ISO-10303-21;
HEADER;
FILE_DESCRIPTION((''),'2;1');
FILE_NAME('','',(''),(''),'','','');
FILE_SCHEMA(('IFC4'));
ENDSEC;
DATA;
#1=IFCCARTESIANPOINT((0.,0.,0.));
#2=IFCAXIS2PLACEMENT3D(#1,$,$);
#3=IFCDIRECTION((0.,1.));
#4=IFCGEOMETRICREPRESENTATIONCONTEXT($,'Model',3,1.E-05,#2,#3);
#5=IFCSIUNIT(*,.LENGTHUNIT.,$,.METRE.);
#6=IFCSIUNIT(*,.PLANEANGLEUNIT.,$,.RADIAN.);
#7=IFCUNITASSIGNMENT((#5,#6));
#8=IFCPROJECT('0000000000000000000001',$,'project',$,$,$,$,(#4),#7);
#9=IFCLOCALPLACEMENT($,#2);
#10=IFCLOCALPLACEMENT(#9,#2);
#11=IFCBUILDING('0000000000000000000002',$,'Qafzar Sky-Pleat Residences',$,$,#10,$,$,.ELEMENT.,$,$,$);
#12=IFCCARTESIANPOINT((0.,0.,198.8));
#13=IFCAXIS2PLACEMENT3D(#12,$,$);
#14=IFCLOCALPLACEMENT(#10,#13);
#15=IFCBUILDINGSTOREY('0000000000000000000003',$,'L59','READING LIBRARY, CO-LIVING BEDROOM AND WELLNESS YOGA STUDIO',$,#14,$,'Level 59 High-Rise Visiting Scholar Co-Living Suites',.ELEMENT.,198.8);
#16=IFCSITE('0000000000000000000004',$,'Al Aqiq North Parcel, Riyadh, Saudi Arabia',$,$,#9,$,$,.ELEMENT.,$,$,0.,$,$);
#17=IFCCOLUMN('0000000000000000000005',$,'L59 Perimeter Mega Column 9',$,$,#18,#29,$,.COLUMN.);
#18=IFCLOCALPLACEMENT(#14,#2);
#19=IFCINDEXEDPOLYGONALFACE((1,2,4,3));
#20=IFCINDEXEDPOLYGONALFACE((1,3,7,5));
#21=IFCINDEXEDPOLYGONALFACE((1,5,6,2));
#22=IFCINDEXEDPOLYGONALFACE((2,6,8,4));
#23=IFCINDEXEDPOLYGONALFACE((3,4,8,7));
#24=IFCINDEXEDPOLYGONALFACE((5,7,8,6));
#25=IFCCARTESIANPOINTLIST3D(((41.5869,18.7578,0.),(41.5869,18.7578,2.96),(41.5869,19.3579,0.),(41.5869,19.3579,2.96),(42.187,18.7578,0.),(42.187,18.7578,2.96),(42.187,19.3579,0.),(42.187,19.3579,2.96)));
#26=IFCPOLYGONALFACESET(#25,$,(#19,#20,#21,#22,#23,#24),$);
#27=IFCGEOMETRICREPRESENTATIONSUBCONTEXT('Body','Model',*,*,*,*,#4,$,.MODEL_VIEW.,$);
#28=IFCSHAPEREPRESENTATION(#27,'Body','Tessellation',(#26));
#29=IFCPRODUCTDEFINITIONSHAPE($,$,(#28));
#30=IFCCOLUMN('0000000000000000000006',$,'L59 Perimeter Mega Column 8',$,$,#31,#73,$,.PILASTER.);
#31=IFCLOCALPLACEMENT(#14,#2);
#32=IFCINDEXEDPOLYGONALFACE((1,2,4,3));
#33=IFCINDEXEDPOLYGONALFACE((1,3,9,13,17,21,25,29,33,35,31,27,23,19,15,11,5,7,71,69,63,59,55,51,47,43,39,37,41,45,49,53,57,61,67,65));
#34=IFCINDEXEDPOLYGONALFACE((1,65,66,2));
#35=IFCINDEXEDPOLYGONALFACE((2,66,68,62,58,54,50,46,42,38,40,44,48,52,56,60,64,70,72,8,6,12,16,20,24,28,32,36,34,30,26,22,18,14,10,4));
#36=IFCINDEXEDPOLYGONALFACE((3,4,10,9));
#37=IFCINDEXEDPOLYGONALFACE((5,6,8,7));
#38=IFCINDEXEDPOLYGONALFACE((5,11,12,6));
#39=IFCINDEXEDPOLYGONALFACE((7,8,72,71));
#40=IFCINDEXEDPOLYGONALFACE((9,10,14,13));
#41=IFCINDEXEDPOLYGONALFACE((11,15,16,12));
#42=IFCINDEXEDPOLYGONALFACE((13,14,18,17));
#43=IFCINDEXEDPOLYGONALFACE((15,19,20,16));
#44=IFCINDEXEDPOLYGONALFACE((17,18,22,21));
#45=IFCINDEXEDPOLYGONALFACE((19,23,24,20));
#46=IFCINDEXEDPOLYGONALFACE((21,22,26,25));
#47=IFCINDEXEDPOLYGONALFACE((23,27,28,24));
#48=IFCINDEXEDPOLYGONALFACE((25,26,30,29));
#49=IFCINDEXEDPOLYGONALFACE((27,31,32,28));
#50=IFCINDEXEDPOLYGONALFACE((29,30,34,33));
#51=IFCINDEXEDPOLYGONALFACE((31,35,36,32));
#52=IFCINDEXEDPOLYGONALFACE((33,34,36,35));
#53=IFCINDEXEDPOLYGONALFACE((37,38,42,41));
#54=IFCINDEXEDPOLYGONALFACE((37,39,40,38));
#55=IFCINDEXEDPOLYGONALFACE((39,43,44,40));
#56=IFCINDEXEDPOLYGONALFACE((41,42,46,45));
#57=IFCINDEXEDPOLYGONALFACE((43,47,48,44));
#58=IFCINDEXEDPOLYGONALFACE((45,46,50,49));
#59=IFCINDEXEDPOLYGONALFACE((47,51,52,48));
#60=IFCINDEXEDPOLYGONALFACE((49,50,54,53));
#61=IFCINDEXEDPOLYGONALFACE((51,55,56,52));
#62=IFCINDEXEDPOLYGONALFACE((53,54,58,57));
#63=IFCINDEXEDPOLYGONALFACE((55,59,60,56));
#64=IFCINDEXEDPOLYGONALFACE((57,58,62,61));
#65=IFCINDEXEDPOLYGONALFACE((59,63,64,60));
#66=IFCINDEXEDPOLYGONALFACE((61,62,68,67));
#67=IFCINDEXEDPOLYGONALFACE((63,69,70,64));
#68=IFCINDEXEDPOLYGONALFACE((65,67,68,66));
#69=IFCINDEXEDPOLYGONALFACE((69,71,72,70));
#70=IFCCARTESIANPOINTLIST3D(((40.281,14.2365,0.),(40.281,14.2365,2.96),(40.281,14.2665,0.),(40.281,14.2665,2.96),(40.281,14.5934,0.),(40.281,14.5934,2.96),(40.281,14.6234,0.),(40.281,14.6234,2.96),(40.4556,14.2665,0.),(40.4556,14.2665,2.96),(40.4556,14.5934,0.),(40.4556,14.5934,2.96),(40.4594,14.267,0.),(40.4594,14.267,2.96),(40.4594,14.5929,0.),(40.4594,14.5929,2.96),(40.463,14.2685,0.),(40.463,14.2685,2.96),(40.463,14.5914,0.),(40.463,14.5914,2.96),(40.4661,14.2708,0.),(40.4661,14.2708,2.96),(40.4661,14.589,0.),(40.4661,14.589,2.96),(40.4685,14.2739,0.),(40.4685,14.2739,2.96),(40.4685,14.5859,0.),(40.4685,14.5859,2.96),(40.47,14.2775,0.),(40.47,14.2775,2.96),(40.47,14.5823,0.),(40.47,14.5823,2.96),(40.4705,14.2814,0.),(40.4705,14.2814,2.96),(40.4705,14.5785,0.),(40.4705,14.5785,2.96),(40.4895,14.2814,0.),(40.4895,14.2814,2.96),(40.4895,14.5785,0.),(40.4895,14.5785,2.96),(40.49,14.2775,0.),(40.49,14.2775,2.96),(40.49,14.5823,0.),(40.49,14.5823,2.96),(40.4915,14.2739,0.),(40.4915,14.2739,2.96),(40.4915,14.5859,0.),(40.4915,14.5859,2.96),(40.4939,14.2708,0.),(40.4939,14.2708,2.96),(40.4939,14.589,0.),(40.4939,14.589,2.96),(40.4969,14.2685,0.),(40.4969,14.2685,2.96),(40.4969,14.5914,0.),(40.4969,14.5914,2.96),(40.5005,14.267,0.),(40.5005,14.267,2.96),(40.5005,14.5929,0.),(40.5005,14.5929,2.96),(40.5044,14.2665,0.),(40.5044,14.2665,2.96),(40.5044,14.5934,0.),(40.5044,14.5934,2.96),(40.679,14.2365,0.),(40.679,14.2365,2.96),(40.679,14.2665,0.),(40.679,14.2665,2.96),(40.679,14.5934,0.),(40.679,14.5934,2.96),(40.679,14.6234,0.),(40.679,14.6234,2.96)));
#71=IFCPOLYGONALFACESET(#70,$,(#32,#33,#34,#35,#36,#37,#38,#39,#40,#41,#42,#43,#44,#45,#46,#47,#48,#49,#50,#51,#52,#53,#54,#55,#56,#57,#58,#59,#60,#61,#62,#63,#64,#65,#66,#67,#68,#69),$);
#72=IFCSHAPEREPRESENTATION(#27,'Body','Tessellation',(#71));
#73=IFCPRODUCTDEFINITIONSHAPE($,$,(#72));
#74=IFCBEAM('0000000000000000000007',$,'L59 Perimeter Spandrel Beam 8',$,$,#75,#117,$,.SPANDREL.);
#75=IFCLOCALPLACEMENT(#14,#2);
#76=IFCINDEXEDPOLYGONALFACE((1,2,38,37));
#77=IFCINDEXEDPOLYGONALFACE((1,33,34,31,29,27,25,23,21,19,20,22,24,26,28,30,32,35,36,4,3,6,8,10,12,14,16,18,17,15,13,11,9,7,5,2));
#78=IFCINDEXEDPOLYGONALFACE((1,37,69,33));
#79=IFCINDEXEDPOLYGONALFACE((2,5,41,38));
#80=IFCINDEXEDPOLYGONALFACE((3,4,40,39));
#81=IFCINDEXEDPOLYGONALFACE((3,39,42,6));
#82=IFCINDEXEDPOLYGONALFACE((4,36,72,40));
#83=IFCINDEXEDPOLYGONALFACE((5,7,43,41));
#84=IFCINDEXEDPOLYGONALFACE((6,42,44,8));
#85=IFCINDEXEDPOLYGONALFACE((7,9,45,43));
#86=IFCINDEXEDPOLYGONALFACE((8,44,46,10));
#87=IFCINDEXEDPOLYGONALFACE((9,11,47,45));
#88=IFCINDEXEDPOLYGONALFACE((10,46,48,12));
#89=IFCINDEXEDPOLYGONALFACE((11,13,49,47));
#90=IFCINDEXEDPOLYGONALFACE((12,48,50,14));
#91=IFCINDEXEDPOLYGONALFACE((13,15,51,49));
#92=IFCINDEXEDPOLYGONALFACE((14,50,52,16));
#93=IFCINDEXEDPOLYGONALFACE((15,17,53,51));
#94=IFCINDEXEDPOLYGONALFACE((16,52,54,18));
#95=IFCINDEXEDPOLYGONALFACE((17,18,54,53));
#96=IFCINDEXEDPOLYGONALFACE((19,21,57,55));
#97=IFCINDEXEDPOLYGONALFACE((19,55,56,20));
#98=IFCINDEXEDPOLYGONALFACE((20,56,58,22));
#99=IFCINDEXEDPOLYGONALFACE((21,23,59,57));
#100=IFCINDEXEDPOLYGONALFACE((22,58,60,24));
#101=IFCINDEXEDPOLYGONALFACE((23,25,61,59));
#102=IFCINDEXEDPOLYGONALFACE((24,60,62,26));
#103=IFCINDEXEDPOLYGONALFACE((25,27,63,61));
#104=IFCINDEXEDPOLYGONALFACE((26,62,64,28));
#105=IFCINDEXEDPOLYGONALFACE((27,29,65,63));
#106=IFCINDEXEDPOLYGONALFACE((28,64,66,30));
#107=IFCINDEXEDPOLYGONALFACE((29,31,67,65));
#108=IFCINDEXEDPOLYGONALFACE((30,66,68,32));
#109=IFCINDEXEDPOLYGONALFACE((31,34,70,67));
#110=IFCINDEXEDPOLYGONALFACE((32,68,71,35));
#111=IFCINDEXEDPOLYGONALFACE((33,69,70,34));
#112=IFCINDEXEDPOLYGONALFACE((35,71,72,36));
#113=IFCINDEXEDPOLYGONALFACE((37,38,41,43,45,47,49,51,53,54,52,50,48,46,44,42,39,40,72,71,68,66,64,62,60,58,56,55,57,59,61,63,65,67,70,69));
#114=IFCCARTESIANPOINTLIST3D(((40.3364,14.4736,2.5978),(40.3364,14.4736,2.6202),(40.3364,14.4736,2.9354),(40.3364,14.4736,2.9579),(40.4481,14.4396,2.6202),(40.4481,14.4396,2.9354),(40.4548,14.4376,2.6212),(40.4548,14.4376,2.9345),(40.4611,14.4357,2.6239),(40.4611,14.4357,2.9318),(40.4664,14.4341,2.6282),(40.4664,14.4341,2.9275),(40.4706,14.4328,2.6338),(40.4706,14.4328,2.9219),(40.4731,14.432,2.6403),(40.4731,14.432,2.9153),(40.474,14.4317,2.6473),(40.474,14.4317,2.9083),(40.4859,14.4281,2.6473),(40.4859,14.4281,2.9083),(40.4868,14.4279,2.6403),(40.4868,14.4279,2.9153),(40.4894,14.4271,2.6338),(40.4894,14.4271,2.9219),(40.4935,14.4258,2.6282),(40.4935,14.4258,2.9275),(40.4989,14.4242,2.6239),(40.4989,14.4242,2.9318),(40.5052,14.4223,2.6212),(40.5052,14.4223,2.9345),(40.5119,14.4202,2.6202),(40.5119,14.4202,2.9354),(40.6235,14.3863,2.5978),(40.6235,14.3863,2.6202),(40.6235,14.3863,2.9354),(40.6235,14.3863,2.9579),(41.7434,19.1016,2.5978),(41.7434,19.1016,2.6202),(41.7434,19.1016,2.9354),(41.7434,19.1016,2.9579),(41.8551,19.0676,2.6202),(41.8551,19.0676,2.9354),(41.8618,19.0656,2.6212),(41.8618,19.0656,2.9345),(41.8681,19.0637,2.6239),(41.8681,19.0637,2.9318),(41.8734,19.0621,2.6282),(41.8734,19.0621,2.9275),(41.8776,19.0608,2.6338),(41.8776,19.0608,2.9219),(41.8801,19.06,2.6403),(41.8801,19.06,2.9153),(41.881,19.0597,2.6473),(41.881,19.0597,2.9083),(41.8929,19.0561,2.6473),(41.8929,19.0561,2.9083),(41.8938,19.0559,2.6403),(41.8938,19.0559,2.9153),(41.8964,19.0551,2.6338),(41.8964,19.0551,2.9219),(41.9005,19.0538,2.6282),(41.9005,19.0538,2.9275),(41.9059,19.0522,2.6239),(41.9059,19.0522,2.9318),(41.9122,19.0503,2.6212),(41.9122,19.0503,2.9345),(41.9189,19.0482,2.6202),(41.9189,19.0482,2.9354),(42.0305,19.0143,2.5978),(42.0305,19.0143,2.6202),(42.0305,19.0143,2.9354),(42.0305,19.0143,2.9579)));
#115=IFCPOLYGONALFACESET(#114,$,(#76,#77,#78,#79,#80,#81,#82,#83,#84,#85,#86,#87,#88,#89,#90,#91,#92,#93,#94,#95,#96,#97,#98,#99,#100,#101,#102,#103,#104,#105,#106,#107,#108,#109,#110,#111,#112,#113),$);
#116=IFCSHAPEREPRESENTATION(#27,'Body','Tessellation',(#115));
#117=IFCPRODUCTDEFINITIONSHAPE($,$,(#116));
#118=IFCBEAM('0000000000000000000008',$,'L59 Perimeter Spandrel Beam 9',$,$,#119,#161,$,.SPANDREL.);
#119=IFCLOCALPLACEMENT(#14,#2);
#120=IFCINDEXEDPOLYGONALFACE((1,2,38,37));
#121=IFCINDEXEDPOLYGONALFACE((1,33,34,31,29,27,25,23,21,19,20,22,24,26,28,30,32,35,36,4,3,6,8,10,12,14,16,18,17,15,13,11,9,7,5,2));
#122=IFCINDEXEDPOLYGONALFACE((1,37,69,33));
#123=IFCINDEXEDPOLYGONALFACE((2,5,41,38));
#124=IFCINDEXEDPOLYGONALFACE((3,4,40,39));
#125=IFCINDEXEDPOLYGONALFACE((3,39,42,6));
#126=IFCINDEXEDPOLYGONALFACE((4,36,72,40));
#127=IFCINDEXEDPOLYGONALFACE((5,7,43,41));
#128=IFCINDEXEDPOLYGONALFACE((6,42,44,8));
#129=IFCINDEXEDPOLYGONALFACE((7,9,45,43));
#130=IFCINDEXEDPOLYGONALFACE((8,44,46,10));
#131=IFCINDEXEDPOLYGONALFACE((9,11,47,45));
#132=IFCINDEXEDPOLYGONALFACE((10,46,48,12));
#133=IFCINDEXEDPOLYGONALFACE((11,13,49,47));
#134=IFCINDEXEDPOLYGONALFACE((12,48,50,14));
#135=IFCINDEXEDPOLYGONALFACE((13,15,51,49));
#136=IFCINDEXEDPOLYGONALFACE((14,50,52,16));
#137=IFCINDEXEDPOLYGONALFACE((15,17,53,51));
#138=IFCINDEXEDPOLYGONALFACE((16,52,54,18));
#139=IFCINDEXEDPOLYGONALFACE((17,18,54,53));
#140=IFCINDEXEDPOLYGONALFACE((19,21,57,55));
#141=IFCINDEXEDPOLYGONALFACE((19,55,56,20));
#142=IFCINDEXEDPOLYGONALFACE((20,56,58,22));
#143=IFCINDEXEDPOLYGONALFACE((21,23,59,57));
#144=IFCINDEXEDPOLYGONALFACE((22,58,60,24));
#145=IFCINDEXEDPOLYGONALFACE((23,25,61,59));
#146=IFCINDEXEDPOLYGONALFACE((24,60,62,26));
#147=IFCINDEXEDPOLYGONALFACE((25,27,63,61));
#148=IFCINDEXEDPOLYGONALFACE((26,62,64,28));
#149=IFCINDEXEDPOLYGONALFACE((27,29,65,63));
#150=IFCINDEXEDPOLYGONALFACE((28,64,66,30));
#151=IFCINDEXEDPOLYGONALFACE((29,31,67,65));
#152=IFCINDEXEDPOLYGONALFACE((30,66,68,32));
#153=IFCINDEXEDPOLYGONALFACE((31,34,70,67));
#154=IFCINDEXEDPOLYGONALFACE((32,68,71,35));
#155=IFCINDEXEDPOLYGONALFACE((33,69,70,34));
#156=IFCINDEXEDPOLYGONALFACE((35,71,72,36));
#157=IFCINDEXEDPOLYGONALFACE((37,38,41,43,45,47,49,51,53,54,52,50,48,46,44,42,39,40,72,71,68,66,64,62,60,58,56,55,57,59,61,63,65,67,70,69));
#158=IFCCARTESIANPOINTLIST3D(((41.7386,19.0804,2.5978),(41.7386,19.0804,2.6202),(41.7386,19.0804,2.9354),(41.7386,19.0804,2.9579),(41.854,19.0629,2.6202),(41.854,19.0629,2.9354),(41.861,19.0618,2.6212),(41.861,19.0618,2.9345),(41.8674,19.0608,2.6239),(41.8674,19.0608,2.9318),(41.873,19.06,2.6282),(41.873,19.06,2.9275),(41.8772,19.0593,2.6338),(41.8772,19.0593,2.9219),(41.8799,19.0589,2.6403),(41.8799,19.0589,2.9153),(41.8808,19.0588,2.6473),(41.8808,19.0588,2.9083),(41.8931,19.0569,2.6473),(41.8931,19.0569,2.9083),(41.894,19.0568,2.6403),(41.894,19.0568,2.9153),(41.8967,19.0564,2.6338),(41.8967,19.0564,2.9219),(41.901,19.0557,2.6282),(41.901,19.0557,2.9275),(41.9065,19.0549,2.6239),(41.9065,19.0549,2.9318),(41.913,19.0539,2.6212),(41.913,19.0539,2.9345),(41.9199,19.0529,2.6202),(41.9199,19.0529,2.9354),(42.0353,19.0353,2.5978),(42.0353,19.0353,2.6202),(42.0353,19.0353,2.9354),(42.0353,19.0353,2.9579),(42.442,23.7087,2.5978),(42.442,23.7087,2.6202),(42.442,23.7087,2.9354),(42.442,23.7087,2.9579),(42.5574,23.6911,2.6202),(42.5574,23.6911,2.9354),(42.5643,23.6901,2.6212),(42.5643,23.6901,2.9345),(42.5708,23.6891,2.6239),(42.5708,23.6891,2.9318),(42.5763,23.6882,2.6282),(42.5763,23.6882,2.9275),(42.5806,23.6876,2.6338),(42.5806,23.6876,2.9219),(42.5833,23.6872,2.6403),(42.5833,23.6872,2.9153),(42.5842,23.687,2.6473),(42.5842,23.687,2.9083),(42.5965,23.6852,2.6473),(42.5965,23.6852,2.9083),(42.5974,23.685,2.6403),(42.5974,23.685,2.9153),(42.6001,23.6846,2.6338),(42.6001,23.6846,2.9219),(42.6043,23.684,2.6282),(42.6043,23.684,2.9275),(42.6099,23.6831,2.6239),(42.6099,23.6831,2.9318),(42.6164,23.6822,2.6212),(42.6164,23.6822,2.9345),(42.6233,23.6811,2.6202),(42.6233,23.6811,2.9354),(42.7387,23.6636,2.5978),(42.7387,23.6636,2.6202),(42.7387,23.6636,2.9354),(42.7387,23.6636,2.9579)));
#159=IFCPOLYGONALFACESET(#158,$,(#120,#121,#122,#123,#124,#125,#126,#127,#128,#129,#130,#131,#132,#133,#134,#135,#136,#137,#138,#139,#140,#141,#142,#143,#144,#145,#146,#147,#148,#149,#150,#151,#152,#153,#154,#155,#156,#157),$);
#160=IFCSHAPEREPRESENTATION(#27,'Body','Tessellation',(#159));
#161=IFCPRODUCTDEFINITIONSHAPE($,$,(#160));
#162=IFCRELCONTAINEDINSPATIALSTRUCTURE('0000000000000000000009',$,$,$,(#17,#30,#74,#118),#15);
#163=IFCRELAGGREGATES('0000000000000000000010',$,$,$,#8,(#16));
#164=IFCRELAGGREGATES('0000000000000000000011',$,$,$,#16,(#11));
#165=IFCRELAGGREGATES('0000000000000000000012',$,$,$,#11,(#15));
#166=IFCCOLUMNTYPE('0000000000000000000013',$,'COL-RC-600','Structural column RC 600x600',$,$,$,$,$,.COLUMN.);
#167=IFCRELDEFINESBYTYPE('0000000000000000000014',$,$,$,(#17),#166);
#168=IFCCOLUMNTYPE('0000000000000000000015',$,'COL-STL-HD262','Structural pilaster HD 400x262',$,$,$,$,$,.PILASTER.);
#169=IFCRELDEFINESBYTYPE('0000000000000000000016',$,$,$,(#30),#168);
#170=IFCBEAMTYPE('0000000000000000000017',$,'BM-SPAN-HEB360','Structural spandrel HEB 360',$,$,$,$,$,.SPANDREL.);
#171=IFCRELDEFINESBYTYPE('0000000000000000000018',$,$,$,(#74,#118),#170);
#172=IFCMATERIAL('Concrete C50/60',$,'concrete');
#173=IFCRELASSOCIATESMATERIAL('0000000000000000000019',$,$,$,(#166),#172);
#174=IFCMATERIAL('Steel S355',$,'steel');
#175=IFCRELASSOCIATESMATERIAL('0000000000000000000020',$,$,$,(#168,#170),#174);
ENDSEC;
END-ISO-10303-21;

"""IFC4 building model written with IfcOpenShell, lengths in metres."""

from ifc_helpers import new_model, si_unit, direction, frame, origin, origin_2d, place, context, subcontext, project, spatial, rectangle, i_section, extrude, source, transform, mapped, material, material_profile, profile_set, type_object, element, save


model = new_model("IFC4")

# Units and contexts
model_context = context("Model", 3, precision=1e-05, world=origin(), true_north=direction((0.0, 1.0)))
body_context = subcontext(model_context, "Body", "Model", "MODEL_VIEW")
ifc_project = project(units=[si_unit("LENGTHUNIT", "METRE"), si_unit("PLANEANGLEUNIT", "RADIAN")], contexts=[model_context])

# Site, building, storey
site_placement = place(None, origin())
site = spatial("IfcSite", under=ifc_project, at=site_placement, Name="Al Aqiq North Parcel, Riyadh, Saudi Arabia", CompositionType="ELEMENT", RefElevation=0.0)
building_placement = place(site_placement, origin())
building = spatial("IfcBuilding", under=site, at=building_placement, Name="Qafzar Sky-Pleat Residences", CompositionType="ELEMENT")
storey_placement = place(building_placement, frame((0.0, 0.0, 198.8)))
storey = spatial("IfcBuildingStorey", under=building, at=storey_placement, Name="L59", Description="READING LIBRARY, CO-LIVING BEDROOM AND WELLNESS YOGA STUDIO", LongName="Level 59 High-Rise Visiting Scholar Co-Living Suites", CompositionType="ELEMENT", Elevation=198.8)

# Columns
ifc_material_1 = material(Name="Concrete C50/60", Category="concrete")
ifc_material_profile_1 = material_profile(ifc_material_1, rectangle(XDim=0.6001, YDim=0.6001, at=origin_2d()), Name="RC 600x600")
ifc_profile_set_1 = profile_set([ifc_material_profile_1], Name="Concrete C50/60")
column_type_1 = type_object("IfcColumnType", Name="COL-RC-600", Description="Structural column RC 600x600", PredefinedType="COLUMN", material=ifc_profile_set_1)
shared_shape_1 = source(origin(), body_context, "Body", "SweptSolid", [
    extrude(rectangle(XDim=0.6001, YDim=0.6001, at=origin_2d()), origin(), (0.0, 0.0, 1.0), 2.96),
])
column_1_placement = place(storey_placement, frame((41.887, 19.0579, 0.0), z_axis=(0.0, 0.0, 1.0), x_axis=(1.0, 0.0, 0.0)))
element("IfcColumn", 1, at=column_1_placement, inside=storey, type_object=column_type_1, Name="L59 Perimeter Mega Column 9", PredefinedType="COLUMN", context=body_context, shape_type="MappedRepresentation", body=[
    mapped(shared_shape_1, transform((0.0, 0.0, 0.0), x_axis=(1.0, 0.0, 0.0), y_axis=(0.0, 1.0, 0.0), z_axis=(0.0, 0.0, 1.0), scale=1.0)),
])
ifc_material_2 = material(Name="Steel S355", Category="steel")
ifc_material_profile_2 = material_profile(ifc_material_2, i_section(OverallWidth=0.3979, OverallDepth=0.387, WebThickness=0.019, FlangeThickness=0.03, FilletRadius=0.0149, at=origin_2d()), Name="HD 400x262")
ifc_profile_set_2 = profile_set([ifc_material_profile_2], Name="Steel S355")
column_type_2 = type_object("IfcColumnType", Name="COL-STL-HD262", Description="Structural pilaster HD 400x262", PredefinedType="PILASTER", material=ifc_profile_set_2)
shared_shape_2 = source(origin(), body_context, "Body", "SweptSolid", [
    extrude(i_section(OverallWidth=0.3979, OverallDepth=0.387, WebThickness=0.019, FlangeThickness=0.03, FilletRadius=0.0149, at=origin_2d()), origin(), (0.0, 0.0, 1.0), 2.96),
])
column_2_placement = place(storey_placement, frame((40.48, 14.4299, 0.0), z_axis=(0.0, 0.0, 1.0), x_axis=(1.0, 0.0, 0.0)))
element("IfcColumn", 2, at=column_2_placement, inside=storey, type_object=column_type_2, Name="L59 Perimeter Mega Column 8", PredefinedType="PILASTER", context=body_context, shape_type="MappedRepresentation", body=[
    mapped(shared_shape_2, transform((0.0, 0.0, 0.0), x_axis=(1.0, 0.0, 0.0), y_axis=(0.0, 1.0, 0.0), z_axis=(0.0, 0.0, 1.0), scale=1.0)),
])

# Beams
ifc_material_profile_3 = material_profile(ifc_material_2, i_section(OverallWidth=0.3, OverallDepth=0.3601, WebThickness=0.0125, FlangeThickness=0.0225, FilletRadius=0.0271, at=origin_2d()), Name="HEB 360")
ifc_profile_set_3 = profile_set([ifc_material_profile_3], Name="Steel S355")
beam_type_1 = type_object("IfcBeamType", Name="BM-SPAN-HEB360", Description="Structural spandrel HEB 360", PredefinedType="SPANDREL", material=ifc_profile_set_3)
shared_shape_3 = source(origin(), body_context, "Body", "SweptSolid", [
    extrude(i_section(OverallWidth=0.3, OverallDepth=0.3601, WebThickness=0.0125, FlangeThickness=0.0225, FilletRadius=0.0271, at=origin_2d()), origin(), (0.0, 0.0, 1.0), 4.8372),
])
beam_1_placement = place(storey_placement, frame((40.48, 14.4299, 2.7778), z_axis=(0.290874, 0.956761, 0.0), x_axis=(-0.956761, 0.290874, 0.0)))
element("IfcBeam", 3, at=beam_1_placement, inside=storey, type_object=beam_type_1, Name="L59 Perimeter Spandrel Beam 8", PredefinedType="SPANDREL", context=body_context, shape_type="MappedRepresentation", body=[
    mapped(shared_shape_3, transform((0.0, 0.0, 0.0), x_axis=(1.0, 0.0, 0.0), y_axis=(0.0, 1.0, 0.0), z_axis=(0.0, 0.0, 1.0), scale=1.0)),
])
shared_shape_4 = source(origin(), body_context, "Body", "SweptSolid", [
    extrude(i_section(OverallWidth=0.3, OverallDepth=0.3601, WebThickness=0.0125, FlangeThickness=0.0225, FilletRadius=0.0271, at=origin_2d()), origin(), (0.0, 0.0, 1.0), 4.6814),
])
beam_2_placement = place(storey_placement, frame((41.887, 19.0579, 2.7778), z_axis=(0.15025, 0.988648, 0.0), x_axis=(-0.988648, 0.15025, 0.0)))
element("IfcBeam", 4, at=beam_2_placement, inside=storey, type_object=beam_type_1, Name="L59 Perimeter Spandrel Beam 9", PredefinedType="SPANDREL", context=body_context, shape_type="MappedRepresentation", body=[
    mapped(shared_shape_4, transform((0.0, 0.0, 0.0), x_axis=(1.0, 0.0, 0.0), y_axis=(0.0, 1.0, 0.0), z_axis=(0.0, 0.0, 1.0), scale=1.0)),
])

save(model, "model.ifc")
